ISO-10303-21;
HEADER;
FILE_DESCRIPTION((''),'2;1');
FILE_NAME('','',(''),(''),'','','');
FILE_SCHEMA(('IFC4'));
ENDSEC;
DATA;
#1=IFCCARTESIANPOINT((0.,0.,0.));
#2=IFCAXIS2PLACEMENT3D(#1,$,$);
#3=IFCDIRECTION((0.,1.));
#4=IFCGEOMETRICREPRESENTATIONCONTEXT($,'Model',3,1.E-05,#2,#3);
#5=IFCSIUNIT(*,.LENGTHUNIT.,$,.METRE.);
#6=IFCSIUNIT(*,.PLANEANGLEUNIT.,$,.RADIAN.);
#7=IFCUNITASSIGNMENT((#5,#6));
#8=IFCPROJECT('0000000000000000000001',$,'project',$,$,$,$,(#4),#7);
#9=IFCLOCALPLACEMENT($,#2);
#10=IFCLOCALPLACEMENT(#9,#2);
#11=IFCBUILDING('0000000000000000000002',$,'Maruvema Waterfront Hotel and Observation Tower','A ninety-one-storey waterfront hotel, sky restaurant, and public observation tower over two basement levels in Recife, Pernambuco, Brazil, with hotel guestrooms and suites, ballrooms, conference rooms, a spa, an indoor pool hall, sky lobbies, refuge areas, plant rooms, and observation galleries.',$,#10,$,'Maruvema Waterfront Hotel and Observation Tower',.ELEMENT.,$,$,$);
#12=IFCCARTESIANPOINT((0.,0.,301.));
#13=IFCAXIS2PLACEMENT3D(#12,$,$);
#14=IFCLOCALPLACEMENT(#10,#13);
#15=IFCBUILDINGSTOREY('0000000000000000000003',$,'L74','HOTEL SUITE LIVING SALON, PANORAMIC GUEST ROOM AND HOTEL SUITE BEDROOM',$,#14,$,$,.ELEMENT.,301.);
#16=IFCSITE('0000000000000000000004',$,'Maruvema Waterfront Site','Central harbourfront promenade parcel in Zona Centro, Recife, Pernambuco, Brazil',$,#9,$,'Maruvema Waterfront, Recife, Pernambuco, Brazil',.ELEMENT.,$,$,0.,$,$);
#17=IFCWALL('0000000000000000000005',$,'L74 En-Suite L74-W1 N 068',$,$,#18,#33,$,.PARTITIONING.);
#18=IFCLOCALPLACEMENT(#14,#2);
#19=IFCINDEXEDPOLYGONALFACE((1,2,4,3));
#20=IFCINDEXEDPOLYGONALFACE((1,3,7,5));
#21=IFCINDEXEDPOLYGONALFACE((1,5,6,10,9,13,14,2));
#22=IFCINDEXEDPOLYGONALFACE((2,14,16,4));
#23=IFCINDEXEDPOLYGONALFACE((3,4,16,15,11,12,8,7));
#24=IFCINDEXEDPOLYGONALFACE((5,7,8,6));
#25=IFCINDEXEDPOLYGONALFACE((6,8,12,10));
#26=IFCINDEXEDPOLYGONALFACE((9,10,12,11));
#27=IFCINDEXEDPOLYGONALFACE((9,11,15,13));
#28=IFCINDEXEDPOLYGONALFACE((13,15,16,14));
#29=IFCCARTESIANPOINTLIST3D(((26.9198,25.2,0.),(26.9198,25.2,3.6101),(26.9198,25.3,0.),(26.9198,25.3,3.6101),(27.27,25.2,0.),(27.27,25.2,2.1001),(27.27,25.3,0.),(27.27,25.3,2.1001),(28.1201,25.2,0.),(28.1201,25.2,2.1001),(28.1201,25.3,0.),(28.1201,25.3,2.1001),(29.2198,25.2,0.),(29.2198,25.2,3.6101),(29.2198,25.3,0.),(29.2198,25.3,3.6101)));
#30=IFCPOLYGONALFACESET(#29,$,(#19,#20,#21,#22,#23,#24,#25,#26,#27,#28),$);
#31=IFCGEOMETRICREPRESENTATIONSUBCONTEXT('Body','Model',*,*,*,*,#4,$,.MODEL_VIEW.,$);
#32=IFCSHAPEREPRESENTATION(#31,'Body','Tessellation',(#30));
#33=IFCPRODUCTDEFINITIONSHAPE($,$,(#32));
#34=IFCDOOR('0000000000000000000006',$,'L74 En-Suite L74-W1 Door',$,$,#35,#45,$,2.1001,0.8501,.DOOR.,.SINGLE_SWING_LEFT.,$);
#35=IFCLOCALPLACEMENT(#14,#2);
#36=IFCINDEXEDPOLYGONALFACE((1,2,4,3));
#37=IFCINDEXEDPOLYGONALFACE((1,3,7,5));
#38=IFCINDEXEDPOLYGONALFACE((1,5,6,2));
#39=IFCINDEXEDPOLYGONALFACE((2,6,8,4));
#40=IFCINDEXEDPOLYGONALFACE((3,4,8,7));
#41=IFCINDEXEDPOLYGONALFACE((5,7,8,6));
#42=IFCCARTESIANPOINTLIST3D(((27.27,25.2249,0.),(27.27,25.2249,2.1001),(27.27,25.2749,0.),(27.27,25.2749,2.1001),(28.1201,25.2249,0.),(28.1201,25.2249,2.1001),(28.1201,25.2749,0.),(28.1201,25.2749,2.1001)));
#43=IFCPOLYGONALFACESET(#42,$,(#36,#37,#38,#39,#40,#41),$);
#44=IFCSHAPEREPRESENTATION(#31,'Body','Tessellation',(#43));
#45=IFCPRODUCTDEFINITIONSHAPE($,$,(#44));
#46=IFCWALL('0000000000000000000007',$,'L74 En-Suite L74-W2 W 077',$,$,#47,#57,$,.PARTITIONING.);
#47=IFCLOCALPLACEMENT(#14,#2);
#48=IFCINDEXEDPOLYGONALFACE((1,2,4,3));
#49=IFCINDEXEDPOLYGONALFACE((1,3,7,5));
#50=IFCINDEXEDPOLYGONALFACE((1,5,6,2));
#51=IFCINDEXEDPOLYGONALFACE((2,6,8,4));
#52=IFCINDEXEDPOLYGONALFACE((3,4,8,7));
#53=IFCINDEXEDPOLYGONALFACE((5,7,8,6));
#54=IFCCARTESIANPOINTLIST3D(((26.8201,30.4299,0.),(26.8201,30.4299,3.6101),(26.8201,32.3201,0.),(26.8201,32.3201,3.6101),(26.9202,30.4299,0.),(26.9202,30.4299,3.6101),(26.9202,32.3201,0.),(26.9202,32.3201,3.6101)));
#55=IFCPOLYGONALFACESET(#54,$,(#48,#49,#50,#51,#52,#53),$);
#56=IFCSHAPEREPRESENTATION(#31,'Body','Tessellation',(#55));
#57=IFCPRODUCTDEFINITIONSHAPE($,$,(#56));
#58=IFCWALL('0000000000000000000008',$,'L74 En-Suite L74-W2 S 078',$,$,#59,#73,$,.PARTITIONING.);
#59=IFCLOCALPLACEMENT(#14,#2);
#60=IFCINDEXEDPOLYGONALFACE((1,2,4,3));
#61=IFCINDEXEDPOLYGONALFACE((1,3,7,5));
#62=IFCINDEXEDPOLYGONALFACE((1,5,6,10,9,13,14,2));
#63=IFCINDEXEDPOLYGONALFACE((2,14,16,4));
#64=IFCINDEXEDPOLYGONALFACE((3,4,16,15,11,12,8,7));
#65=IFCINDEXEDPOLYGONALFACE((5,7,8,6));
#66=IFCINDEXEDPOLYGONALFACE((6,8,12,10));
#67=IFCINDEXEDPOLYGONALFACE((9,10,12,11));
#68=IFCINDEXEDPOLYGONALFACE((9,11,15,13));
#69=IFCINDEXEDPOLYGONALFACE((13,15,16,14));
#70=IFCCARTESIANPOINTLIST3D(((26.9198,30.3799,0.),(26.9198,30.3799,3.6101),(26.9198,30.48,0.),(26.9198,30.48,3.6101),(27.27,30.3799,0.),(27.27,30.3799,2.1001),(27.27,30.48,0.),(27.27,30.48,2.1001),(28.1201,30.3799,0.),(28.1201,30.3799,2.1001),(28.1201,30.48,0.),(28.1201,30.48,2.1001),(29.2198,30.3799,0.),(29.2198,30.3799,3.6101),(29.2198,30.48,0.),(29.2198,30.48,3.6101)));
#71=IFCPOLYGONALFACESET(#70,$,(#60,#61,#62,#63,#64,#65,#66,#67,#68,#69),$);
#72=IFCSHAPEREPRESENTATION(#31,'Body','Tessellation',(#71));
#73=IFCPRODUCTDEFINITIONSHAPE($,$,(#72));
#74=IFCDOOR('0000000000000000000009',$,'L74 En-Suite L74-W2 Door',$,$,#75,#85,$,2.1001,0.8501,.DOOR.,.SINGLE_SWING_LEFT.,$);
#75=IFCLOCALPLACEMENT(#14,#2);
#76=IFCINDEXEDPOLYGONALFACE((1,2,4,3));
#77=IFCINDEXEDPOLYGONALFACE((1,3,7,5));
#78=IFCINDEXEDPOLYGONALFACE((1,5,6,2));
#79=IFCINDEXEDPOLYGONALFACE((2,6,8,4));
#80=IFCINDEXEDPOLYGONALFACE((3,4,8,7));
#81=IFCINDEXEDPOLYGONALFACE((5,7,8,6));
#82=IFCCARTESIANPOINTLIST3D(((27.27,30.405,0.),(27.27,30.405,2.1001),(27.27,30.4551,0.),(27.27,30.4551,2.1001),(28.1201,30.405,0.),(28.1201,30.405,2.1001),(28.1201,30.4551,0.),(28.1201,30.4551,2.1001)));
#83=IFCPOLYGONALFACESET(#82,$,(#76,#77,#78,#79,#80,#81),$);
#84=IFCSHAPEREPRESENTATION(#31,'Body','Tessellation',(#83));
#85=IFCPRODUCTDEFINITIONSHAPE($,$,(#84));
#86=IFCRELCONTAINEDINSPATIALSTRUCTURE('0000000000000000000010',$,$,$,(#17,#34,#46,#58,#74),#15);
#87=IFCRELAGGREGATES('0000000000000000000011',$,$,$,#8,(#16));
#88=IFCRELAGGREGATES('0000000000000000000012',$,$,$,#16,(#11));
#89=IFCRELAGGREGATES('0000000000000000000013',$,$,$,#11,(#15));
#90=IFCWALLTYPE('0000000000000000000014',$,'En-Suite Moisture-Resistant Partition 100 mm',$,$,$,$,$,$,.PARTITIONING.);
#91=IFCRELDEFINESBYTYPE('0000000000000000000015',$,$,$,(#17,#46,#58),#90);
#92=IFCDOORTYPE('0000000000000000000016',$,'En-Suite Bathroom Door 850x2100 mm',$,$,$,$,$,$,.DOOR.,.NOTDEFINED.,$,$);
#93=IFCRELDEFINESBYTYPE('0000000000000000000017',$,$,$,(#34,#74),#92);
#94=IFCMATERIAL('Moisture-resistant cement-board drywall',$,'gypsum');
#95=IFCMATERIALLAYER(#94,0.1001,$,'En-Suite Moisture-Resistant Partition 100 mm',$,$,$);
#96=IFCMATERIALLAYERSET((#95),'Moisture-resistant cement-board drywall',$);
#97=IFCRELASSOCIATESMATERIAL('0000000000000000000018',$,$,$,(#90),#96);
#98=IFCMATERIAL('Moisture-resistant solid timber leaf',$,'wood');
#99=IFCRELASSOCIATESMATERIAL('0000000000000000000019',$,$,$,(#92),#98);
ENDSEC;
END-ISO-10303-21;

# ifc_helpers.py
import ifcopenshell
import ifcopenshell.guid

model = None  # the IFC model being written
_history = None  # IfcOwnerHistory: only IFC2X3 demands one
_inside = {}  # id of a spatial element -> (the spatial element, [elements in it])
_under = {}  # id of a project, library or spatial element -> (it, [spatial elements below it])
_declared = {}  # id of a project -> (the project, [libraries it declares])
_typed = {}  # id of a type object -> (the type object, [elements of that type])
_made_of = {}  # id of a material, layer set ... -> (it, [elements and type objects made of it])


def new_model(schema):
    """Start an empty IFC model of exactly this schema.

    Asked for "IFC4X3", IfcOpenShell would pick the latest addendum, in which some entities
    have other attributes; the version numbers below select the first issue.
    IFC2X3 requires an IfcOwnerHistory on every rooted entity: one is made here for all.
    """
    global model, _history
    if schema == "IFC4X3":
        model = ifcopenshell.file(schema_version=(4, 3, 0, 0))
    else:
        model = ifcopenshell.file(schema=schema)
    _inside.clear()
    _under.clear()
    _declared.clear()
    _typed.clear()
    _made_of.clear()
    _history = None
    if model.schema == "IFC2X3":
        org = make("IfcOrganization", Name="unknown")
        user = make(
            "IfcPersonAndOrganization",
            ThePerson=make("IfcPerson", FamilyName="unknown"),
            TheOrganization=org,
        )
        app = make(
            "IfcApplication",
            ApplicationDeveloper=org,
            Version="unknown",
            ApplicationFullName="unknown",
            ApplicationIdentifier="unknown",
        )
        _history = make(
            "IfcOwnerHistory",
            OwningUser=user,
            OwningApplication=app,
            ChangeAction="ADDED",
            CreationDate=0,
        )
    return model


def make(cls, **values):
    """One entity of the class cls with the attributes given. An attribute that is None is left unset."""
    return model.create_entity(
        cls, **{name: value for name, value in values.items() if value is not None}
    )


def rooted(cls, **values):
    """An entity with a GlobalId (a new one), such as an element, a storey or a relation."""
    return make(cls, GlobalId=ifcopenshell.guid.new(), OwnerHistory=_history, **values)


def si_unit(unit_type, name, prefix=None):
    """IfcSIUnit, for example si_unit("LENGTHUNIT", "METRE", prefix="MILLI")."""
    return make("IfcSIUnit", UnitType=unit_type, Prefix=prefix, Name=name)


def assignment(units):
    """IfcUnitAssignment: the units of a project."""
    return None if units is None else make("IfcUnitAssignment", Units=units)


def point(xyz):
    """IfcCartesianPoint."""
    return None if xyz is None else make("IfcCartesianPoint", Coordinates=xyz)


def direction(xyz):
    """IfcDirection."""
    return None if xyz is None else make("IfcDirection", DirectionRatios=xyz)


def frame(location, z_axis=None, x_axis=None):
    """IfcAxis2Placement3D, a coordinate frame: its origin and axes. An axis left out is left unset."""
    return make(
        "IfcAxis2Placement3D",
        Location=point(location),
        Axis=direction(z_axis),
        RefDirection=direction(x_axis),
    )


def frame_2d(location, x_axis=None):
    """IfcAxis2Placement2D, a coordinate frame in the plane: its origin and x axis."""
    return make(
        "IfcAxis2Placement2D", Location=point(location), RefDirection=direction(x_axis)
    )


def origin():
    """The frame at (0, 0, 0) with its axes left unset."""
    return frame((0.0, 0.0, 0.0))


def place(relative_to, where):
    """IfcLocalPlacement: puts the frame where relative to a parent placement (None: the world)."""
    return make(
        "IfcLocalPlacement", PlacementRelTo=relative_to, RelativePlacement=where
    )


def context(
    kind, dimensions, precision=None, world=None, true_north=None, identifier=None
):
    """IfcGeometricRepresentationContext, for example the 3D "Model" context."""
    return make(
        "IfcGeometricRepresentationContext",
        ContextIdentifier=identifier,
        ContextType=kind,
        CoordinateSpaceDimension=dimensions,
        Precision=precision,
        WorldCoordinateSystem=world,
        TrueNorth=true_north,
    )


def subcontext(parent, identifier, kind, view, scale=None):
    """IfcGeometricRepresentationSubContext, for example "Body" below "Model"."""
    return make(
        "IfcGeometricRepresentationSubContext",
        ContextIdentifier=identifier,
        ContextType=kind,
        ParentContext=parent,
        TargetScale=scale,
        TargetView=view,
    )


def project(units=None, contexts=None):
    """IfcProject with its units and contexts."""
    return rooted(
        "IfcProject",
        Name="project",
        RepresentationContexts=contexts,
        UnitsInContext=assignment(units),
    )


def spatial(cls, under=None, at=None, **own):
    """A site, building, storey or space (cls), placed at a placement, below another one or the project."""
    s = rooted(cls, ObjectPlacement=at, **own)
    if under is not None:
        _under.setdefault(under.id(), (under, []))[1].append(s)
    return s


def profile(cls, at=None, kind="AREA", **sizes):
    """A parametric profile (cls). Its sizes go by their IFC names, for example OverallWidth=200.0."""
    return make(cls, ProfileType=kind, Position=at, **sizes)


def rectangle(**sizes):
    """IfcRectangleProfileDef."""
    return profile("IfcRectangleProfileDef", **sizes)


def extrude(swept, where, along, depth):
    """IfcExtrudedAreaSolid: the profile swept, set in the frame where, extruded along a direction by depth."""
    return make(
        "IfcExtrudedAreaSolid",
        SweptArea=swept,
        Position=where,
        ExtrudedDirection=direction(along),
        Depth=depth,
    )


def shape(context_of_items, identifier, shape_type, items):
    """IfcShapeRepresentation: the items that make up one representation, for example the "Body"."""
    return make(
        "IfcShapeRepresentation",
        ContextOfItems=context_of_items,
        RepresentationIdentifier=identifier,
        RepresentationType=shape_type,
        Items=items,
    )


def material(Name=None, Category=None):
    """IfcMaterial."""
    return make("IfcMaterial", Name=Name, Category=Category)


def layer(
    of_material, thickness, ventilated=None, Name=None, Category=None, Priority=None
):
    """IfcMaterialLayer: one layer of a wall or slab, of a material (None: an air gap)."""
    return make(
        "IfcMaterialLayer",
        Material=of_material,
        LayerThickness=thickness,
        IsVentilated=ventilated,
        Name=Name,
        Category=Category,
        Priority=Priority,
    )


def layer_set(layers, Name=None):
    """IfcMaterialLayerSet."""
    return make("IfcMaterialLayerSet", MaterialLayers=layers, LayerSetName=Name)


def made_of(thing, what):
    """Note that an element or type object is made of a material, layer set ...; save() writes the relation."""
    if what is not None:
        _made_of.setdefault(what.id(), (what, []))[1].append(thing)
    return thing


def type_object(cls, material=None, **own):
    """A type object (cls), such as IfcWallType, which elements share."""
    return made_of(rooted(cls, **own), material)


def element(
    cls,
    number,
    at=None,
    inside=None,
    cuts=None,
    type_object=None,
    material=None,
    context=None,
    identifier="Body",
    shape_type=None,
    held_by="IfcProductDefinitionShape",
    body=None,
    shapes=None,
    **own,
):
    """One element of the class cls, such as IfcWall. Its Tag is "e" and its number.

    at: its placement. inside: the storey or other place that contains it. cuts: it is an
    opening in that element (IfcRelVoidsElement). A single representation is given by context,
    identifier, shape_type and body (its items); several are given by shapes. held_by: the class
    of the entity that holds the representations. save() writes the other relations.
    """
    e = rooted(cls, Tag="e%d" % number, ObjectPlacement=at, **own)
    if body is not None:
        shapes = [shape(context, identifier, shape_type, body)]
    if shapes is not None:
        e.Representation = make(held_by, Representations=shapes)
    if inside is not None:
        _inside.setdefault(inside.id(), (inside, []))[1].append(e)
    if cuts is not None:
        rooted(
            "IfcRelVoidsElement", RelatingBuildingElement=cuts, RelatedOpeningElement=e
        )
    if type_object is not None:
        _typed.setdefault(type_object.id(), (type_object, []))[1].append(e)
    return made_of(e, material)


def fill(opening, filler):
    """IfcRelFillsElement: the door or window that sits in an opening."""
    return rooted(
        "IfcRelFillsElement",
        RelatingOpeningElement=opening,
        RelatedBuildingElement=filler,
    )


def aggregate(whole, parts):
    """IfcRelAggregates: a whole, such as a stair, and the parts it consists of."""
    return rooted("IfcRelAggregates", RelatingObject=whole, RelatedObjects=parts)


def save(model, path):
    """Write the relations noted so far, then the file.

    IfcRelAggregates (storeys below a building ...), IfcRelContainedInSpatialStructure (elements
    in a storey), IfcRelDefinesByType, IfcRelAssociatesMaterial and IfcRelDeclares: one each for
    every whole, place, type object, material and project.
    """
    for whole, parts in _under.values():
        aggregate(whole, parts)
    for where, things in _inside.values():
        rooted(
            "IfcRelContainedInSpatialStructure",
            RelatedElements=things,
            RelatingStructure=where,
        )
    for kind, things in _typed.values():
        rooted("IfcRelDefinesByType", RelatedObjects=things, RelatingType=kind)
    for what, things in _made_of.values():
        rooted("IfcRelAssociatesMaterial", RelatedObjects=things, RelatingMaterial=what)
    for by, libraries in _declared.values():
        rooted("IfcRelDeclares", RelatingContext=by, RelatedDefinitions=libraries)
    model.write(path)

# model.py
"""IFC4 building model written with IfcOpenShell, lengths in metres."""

from ifc_helpers import new_model, si_unit, direction, frame, frame_2d, origin, place, context, subcontext, project, spatial, rectangle, extrude, material, layer, layer_set, type_object, element, fill, save


model = new_model("IFC4")

# Units and contexts
model_context = context("Model", 3, precision=1e-05, world=origin(), true_north=direction((0.0, 1.0)))
body_context = subcontext(model_context, "Body", "Model", "MODEL_VIEW")
ifc_project = project(units=[si_unit("LENGTHUNIT", "METRE"), si_unit("PLANEANGLEUNIT", "RADIAN")], contexts=[model_context])

# Site, building, storey
site_placement = place(None, origin())
site = spatial("IfcSite", under=ifc_project, at=site_placement, Name="Maruvema Waterfront Site", Description="Central harbourfront promenade parcel in Zona Centro, Recife, Pernambuco, Brazil", LongName="Maruvema Waterfront, Recife, Pernambuco, Brazil", CompositionType="ELEMENT", RefElevation=0.0)
building_placement = place(site_placement, origin())
building = spatial("IfcBuilding", under=site, at=building_placement, Name="Maruvema Waterfront Hotel and Observation Tower", Description="A ninety-one-storey waterfront hotel, sky restaurant, and public observation tower over two basement levels in Recife, Pernambuco, Brazil, with hotel guestrooms and suites, ballrooms, conference rooms, a spa, an indoor pool hall, sky lobbies, refuge areas, plant rooms, and observation galleries.", LongName="Maruvema Waterfront Hotel and Observation Tower", CompositionType="ELEMENT")
storey_placement = place(building_placement, frame((0.0, 0.0, 301.0)))
storey = spatial("IfcBuildingStorey", under=building, at=storey_placement, Name="L74", Description="HOTEL SUITE LIVING SALON, PANORAMIC GUEST ROOM AND HOTEL SUITE BEDROOM", CompositionType="ELEMENT", Elevation=301.0)

# Wall, opening, door
ifc_material_1 = material(Name="Moisture-resistant cement-board drywall", Category="gypsum")
ifc_layer_1 = layer(ifc_material_1, 0.1001, Name="En-Suite Moisture-Resistant Partition 100 mm")
ifc_layer_set_1 = layer_set([ifc_layer_1], Name="Moisture-resistant cement-board drywall")
wall_type_1 = type_object("IfcWallType", Name="En-Suite Moisture-Resistant Partition 100 mm", PredefinedType="PARTITIONING", material=ifc_layer_set_1)
wall_1_placement = place(storey_placement, frame((26.9199, 25.25, 0.0), z_axis=(0.0, 0.0, 1.0), x_axis=(1.0, 0.0, 0.0)))
wall_1 = element("IfcWall", 1, at=wall_1_placement, inside=storey, type_object=wall_type_1, Name="L74 En-Suite L74-W1 N 068", PredefinedType="PARTITIONING", context=body_context, shape_type="SweptSolid", body=[
    extrude(rectangle(XDim=2.3, YDim=0.1001, at=frame_2d((1.1499, 0.0))), origin(), (0.0, 0.0, 1.0), 3.6101),
])
opening_1_placement = place(wall_1_placement, frame((0.3501, 0.0, 0.0)))
opening_1 = element("IfcOpeningElement", 2, at=opening_1_placement, cuts=wall_1, PredefinedType="OPENING", context=body_context, shape_type="SweptSolid", body=[
    extrude(rectangle(XDim=0.8501, YDim=2.1001, at=frame_2d((0.425, 1.05))), frame((0.0, 0.0601, 0.0), z_axis=(0.0, -1.0, 0.0), x_axis=(1.0, 0.0, 0.0)), (0.0, 0.0, 1.0), 0.1201),
])
ifc_material_2 = material(Name="Moisture-resistant solid timber leaf", Category="wood")
door_type_1 = type_object("IfcDoorType", Name="En-Suite Bathroom Door 850x2100 mm", OperationType="NOTDEFINED", PredefinedType="DOOR", material=ifc_material_2)
door_1_placement = place(opening_1_placement, origin())
door_1 = element("IfcDoor", 3, at=door_1_placement, inside=storey, type_object=door_type_1, Name="L74 En-Suite L74-W1 Door", OperationType="SINGLE_SWING_LEFT", OverallHeight=2.1001, OverallWidth=0.8501, PredefinedType="DOOR", context=body_context, shape_type="SweptSolid", body=[
    extrude(rectangle(XDim=0.8501, YDim=2.1001, at=frame_2d((0.425, 1.05))), frame((0.0, 0.0249, 0.0), z_axis=(0.0, -1.0, 0.0), x_axis=(1.0, 0.0, 0.0)), (0.0, 0.0, 1.0), 0.05),
])
fill(opening_1, door_1)

# Wall
wall_2_placement = place(storey_placement, frame((26.8701, 30.4299, 0.0), z_axis=(0.0, 0.0, 1.0), x_axis=(0.0, 1.0, 0.0)))
element("IfcWall", 4, at=wall_2_placement, inside=storey, type_object=wall_type_1, Name="L74 En-Suite L74-W2 W 077", PredefinedType="PARTITIONING", context=body_context, shape_type="SweptSolid", body=[
    extrude(rectangle(XDim=1.8901, YDim=0.1001, at=frame_2d((0.9451, 0.0))), origin(), (0.0, 0.0, 1.0), 3.6101),
])

# Wall, opening, door
wall_3_placement = place(storey_placement, frame((26.9199, 30.4299, 0.0), z_axis=(0.0, 0.0, 1.0), x_axis=(1.0, 0.0, 0.0)))
wall_3 = element("IfcWall", 5, at=wall_3_placement, inside=storey, type_object=wall_type_1, Name="L74 En-Suite L74-W2 S 078", PredefinedType="PARTITIONING", context=body_context, shape_type="SweptSolid", body=[
    extrude(rectangle(XDim=2.3, YDim=0.1001, at=frame_2d((1.1499, 0.0))), origin(), (0.0, 0.0, 1.0), 3.6101),
])
opening_2_placement = place(wall_3_placement, frame((0.3501, 0.0, 0.0)))
opening_2 = element("IfcOpeningElement", 6, at=opening_2_placement, cuts=wall_3, PredefinedType="OPENING", context=body_context, shape_type="SweptSolid", body=[
    extrude(rectangle(XDim=0.8501, YDim=2.1001, at=frame_2d((0.425, 1.05))), frame((0.0, 0.0601, 0.0), z_axis=(0.0, -1.0, 0.0), x_axis=(1.0, 0.0, 0.0)), (0.0, 0.0, 1.0), 0.1201),
])
door_2_placement = place(opening_2_placement, frame((0.8501, 0.0, 0.0), z_axis=(0.0, 0.0, 1.0), x_axis=(-1.0, 0.0, 0.0)))
door_2 = element("IfcDoor", 7, at=door_2_placement, inside=storey, type_object=door_type_1, Name="L74 En-Suite L74-W2 Door", OperationType="SINGLE_SWING_LEFT", OverallHeight=2.1001, OverallWidth=0.8501, PredefinedType="DOOR", context=body_context, shape_type="SweptSolid", body=[
    extrude(rectangle(XDim=0.8501, YDim=2.1001, at=frame_2d((0.425, 1.05))), frame((0.0, 0.0249, 0.0), z_axis=(0.0, -1.0, 0.0), x_axis=(1.0, 0.0, 0.0)), (0.0, 0.0, 1.0), 0.05),
])
fill(opening_2, door_2)

save(model, "model.ifc")
